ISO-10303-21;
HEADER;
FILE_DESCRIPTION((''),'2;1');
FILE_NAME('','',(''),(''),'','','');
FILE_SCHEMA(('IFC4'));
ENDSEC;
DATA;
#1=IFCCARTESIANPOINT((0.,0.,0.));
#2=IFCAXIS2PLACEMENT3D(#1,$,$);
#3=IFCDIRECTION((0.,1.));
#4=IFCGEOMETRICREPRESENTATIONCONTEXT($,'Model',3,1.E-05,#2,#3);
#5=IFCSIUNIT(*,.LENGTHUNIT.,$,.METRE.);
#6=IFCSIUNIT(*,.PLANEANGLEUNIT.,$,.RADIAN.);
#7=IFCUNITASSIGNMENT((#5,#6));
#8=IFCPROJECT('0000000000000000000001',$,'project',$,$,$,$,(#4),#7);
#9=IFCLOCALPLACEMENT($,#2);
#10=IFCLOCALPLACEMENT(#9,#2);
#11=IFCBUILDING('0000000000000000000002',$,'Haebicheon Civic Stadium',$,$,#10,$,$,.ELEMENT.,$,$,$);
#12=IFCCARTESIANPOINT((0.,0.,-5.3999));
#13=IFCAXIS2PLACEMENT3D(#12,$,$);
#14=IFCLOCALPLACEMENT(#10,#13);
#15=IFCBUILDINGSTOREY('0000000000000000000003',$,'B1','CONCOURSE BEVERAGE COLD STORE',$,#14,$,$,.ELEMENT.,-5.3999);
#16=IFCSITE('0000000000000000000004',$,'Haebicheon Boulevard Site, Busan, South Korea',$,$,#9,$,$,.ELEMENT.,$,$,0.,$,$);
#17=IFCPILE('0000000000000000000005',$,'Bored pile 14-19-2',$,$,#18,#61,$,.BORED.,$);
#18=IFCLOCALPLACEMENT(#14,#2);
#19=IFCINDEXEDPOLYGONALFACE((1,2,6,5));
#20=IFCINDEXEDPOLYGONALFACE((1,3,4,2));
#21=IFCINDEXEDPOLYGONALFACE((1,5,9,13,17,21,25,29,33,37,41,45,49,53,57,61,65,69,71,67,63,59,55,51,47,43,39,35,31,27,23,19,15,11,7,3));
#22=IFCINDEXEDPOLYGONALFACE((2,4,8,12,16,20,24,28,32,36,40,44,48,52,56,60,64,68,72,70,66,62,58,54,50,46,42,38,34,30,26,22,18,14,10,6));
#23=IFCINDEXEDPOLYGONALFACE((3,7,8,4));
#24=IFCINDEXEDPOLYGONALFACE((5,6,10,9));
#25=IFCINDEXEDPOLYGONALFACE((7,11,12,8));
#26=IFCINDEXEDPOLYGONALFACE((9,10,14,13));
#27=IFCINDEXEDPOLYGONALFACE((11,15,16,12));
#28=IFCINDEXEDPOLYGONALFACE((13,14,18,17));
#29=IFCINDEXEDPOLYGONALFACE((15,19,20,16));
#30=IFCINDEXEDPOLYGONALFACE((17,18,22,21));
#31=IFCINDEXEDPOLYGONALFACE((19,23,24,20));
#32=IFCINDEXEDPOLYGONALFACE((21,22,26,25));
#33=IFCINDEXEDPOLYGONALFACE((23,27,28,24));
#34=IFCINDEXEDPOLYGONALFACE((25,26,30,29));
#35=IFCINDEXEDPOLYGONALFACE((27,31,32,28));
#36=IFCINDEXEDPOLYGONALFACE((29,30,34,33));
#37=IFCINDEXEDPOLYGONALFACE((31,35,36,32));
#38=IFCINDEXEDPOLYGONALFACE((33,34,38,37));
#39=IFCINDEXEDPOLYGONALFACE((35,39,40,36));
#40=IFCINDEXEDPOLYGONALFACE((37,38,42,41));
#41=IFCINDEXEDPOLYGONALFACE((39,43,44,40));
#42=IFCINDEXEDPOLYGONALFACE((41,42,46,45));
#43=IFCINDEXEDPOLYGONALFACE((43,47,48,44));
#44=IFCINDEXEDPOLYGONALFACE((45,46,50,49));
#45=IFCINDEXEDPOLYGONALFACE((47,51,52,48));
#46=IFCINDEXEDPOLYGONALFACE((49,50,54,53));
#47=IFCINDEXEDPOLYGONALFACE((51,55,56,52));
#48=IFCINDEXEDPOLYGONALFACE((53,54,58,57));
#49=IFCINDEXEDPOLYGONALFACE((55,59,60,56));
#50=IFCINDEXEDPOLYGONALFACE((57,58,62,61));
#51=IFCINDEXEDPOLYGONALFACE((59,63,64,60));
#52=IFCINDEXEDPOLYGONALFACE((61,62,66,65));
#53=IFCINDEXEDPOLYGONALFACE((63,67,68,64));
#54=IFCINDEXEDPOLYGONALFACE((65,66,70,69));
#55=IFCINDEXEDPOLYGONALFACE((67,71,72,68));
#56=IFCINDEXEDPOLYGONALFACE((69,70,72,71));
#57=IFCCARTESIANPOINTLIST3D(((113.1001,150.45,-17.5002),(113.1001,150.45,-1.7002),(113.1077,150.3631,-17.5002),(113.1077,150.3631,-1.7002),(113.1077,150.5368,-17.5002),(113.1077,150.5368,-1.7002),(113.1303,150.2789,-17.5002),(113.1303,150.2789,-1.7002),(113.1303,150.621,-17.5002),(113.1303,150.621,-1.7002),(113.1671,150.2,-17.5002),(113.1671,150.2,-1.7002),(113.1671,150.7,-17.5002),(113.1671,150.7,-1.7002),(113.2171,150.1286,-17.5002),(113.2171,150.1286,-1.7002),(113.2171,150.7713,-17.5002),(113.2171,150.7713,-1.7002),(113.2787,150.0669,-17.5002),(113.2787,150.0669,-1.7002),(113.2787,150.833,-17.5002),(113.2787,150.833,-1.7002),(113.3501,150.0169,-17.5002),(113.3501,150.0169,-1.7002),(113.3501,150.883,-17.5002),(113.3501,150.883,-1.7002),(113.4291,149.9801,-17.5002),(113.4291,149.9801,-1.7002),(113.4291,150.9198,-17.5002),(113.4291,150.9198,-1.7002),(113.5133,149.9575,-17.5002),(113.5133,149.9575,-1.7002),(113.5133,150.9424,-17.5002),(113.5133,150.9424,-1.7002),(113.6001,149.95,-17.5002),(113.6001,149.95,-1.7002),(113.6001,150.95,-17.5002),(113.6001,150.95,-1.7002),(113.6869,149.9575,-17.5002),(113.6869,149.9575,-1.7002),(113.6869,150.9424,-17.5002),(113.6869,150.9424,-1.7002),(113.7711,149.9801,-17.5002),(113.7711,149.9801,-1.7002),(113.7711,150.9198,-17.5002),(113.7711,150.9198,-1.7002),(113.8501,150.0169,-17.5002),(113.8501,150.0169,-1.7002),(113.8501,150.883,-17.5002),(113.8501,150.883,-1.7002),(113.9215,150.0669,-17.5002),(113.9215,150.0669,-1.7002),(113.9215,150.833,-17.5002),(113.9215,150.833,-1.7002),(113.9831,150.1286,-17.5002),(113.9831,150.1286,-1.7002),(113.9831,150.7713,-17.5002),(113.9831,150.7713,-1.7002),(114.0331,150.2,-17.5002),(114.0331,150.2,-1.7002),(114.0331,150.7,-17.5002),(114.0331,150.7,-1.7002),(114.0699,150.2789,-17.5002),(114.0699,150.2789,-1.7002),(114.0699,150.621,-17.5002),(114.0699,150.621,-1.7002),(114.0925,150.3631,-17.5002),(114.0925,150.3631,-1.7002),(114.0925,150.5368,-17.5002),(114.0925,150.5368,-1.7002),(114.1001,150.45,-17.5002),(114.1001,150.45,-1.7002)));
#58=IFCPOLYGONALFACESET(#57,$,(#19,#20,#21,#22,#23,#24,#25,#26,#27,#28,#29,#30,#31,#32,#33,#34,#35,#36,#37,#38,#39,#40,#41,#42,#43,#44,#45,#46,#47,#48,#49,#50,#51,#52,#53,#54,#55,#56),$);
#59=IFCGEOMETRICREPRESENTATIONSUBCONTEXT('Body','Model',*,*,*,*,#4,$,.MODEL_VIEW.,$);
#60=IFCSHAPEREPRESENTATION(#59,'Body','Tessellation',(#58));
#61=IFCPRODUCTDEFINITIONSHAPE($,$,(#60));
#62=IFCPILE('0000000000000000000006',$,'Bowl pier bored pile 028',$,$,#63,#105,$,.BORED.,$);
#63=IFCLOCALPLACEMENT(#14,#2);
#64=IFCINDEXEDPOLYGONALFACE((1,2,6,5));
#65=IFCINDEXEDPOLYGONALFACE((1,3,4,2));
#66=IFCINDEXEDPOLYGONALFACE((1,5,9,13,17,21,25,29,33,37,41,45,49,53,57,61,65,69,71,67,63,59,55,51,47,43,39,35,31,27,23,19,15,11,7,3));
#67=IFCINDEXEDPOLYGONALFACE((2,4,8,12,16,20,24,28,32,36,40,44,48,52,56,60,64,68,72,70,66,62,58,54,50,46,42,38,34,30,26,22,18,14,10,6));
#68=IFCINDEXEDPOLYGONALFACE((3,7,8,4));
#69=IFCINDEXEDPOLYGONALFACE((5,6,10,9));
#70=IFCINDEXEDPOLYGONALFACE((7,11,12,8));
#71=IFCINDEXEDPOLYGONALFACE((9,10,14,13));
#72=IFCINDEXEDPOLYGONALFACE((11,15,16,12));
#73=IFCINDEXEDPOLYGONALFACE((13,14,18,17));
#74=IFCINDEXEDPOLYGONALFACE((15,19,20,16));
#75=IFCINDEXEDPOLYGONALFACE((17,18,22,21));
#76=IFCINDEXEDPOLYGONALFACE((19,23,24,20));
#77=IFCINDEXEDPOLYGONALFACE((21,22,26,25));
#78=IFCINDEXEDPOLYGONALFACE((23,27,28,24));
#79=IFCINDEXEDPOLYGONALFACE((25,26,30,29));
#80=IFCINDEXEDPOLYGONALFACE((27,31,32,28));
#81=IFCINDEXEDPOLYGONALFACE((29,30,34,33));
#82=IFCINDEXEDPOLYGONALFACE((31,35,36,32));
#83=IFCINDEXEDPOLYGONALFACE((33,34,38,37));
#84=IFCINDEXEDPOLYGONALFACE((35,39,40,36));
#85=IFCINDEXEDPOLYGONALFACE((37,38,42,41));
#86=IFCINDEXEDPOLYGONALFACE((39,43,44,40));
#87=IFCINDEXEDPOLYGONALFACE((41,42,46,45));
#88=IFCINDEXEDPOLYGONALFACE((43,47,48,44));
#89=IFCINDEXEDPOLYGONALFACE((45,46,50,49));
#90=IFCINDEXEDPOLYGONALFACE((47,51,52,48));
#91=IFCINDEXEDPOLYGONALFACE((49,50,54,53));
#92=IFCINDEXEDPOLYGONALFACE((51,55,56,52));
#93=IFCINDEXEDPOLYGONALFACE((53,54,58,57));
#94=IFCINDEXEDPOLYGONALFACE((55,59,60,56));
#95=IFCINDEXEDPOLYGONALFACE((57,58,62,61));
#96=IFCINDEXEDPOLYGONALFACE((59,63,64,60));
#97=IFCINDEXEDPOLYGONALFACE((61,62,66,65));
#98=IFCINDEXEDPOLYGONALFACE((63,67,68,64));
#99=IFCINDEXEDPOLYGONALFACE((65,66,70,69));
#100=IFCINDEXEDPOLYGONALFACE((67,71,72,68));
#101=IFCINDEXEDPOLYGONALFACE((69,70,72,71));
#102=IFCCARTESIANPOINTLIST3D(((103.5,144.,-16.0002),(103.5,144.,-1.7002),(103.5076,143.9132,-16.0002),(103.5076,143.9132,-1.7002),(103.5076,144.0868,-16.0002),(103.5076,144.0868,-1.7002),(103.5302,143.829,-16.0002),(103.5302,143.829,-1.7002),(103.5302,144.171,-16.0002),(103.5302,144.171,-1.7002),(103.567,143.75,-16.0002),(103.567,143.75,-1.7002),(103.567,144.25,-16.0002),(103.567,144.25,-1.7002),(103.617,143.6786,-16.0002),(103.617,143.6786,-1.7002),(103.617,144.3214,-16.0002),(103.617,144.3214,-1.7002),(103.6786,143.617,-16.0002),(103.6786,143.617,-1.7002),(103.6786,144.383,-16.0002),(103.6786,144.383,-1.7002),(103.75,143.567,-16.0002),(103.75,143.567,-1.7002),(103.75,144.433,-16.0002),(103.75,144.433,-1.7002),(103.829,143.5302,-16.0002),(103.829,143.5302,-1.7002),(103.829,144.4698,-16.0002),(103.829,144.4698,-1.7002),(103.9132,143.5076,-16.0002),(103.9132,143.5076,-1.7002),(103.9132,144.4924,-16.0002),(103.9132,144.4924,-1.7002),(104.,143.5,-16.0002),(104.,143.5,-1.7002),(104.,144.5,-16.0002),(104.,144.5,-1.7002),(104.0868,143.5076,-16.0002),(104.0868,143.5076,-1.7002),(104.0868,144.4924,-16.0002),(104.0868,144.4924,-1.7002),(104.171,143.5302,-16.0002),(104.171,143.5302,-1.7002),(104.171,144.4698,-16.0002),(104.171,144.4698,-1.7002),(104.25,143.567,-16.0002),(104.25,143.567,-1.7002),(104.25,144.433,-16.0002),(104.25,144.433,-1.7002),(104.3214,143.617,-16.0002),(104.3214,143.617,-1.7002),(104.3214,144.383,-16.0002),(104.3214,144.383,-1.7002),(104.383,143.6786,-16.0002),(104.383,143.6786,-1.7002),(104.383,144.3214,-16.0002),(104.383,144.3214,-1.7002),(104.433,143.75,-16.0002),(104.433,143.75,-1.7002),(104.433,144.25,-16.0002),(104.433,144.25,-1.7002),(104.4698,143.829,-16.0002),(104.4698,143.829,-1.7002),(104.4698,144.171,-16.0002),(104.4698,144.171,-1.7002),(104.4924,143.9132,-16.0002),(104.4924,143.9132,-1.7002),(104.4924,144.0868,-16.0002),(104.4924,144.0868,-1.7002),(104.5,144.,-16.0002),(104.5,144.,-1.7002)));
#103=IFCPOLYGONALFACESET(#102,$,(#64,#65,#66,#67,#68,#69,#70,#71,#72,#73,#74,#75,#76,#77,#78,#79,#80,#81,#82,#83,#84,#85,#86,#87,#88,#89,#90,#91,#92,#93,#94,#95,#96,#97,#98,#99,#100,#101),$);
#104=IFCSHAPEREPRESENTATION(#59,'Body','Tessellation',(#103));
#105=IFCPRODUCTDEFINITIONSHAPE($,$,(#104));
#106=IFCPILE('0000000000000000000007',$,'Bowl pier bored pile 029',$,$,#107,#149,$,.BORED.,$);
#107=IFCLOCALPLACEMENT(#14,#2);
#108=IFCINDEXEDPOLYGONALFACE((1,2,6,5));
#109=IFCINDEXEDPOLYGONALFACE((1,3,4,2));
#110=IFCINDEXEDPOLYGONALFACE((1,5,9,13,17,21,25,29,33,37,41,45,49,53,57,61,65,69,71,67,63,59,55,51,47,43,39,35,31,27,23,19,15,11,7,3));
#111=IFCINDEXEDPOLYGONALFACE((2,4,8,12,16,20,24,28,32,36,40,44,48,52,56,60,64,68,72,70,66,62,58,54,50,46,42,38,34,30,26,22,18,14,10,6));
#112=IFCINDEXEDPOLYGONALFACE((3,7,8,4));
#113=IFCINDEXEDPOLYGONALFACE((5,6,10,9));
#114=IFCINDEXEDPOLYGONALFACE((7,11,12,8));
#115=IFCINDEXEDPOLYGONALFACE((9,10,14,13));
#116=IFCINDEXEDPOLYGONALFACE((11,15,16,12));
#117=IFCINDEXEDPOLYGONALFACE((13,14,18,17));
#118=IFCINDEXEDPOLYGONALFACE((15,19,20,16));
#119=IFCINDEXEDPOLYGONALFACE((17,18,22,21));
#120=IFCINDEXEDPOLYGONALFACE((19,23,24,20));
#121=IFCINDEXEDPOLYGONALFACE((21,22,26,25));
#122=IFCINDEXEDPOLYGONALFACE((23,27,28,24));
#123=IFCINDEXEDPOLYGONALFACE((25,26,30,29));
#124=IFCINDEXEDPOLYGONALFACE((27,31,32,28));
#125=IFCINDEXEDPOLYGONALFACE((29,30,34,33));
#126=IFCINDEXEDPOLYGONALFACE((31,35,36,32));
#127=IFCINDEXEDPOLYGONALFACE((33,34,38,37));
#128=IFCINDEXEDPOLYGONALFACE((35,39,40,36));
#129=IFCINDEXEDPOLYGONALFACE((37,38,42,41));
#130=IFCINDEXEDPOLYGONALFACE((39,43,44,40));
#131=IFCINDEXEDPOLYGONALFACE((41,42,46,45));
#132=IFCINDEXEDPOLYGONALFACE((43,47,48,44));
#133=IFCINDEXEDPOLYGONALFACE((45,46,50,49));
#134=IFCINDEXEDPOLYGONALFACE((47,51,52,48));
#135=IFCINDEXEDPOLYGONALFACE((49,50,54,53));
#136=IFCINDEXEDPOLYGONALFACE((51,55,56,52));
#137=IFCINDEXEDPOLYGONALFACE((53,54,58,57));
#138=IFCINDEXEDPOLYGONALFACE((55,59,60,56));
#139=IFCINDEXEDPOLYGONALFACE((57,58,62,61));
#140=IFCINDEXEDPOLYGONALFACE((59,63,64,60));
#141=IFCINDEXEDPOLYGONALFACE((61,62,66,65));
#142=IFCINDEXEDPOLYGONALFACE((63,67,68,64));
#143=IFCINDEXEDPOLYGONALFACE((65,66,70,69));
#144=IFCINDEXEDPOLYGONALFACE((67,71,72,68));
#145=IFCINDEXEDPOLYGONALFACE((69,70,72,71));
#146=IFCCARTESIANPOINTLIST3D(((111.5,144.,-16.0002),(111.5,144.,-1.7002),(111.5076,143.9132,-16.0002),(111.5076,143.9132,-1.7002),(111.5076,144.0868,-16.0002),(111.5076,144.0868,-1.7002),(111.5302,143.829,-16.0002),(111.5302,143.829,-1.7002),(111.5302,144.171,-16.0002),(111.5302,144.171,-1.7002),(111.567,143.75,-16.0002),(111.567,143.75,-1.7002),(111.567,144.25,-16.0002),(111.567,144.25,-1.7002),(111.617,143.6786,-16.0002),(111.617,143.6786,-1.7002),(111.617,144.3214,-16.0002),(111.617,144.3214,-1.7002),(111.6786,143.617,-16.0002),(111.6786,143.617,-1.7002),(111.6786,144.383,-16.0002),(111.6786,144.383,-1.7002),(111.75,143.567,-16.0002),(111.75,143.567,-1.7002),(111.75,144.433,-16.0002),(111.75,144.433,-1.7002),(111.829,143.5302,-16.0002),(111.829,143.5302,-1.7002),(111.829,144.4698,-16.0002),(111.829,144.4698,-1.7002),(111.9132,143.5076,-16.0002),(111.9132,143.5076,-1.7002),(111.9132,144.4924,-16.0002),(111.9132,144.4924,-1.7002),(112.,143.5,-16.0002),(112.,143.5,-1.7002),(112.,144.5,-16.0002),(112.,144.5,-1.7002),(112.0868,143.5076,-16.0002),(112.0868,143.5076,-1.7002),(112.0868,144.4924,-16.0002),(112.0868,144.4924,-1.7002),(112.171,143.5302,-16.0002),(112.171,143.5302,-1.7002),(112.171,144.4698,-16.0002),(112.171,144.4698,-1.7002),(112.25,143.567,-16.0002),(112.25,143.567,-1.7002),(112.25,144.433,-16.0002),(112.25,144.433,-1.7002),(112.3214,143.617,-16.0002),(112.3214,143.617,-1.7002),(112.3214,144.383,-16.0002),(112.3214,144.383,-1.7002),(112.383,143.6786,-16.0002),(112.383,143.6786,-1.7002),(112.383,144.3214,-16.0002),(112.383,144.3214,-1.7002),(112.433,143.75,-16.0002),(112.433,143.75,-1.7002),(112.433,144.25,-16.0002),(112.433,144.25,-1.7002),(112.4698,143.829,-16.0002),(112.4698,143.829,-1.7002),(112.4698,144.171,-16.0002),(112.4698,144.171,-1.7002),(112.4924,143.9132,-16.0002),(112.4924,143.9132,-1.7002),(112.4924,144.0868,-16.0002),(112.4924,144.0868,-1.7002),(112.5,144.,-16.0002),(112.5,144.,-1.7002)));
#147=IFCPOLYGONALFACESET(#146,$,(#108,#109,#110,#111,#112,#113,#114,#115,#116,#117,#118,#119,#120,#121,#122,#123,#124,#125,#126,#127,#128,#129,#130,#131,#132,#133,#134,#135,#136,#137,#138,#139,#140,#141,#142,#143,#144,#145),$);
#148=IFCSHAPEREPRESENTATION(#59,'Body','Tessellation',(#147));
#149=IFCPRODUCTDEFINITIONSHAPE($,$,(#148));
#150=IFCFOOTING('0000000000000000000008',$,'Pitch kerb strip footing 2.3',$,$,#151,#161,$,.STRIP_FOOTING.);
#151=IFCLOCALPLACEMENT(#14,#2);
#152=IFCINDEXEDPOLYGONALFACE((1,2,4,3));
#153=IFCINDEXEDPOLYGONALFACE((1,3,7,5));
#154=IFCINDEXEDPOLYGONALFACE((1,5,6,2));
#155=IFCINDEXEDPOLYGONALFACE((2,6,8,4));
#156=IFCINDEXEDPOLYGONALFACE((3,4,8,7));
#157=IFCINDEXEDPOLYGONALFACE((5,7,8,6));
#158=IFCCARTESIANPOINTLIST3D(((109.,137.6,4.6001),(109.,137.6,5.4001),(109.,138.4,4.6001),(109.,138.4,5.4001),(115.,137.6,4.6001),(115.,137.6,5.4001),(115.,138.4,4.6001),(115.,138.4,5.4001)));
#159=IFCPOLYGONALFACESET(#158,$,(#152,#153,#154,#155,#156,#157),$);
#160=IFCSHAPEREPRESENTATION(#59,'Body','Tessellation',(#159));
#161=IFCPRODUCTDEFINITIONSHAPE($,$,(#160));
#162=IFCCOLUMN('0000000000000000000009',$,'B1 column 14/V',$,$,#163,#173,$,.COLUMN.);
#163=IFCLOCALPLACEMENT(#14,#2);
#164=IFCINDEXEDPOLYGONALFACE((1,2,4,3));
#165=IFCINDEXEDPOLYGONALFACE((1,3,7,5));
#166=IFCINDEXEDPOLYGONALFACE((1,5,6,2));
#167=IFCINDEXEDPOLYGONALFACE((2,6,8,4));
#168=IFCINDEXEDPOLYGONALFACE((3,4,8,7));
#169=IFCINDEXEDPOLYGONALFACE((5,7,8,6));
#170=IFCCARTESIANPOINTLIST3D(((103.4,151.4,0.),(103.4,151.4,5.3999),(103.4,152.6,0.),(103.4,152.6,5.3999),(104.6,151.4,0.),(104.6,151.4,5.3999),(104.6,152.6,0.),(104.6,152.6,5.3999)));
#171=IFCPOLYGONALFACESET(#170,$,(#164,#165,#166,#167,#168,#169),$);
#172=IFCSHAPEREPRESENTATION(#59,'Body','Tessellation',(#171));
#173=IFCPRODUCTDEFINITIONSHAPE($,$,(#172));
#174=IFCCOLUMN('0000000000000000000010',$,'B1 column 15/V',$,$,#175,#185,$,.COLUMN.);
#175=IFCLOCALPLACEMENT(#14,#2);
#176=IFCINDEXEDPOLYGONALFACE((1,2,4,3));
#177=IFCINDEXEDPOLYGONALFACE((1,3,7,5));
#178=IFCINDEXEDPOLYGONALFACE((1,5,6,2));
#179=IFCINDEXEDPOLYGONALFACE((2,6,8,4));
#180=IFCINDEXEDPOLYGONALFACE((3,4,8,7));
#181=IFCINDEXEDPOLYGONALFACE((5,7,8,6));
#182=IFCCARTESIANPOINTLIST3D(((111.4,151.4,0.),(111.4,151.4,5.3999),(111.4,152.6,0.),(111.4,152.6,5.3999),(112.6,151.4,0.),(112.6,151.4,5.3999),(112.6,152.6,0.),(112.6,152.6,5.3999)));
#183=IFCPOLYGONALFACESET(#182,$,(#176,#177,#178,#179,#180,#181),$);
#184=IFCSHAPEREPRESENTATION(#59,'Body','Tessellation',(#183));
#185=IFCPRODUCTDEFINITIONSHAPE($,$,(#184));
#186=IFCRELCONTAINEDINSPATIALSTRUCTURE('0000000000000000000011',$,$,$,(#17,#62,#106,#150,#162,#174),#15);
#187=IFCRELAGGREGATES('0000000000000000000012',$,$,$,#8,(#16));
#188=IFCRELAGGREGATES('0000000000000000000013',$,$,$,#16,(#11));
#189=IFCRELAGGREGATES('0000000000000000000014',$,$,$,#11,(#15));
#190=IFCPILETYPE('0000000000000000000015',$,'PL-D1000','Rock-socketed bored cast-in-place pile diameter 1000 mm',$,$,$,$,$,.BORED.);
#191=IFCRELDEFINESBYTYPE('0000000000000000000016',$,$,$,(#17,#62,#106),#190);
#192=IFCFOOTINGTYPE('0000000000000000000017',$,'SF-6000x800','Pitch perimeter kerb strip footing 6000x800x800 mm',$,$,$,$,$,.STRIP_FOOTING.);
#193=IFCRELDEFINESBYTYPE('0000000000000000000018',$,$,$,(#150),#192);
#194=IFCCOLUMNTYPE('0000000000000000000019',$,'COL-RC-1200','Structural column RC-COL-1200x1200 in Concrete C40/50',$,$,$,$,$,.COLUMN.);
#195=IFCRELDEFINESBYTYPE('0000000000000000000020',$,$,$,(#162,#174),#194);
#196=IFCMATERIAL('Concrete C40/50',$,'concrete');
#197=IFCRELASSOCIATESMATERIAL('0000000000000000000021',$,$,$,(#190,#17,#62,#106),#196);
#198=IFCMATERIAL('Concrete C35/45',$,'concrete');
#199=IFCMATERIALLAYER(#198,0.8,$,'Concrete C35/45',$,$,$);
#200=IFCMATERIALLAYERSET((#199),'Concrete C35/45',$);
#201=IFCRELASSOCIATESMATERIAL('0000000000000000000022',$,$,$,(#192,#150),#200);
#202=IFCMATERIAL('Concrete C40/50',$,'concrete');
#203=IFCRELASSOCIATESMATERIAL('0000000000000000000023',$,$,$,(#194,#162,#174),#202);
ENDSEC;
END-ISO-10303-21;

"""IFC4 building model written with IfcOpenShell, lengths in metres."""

from ifc_helpers import new_model, si_unit, direction, frame, origin, origin_2d, place, context, subcontext, project, spatial, rectangle, circle, extrude, material, layer, layer_set, material_profile, profile_set, type_object, element, save


model = new_model("IFC4")

# Units and contexts
model_context = context("Model", 3, precision=1e-05, world=origin(), true_north=direction((0.0, 1.0)))
body_context = subcontext(model_context, "Body", "Model", "MODEL_VIEW")
ifc_project = project(units=[si_unit("LENGTHUNIT", "METRE"), si_unit("PLANEANGLEUNIT", "RADIAN")], contexts=[model_context])

# Site, building, storey
site_placement = place(None, origin())
site = spatial("IfcSite", under=ifc_project, at=site_placement, Name="Haebicheon Boulevard Site, Busan, South Korea", CompositionType="ELEMENT", RefElevation=0.0)
building_placement = place(site_placement, origin())
building = spatial("IfcBuilding", under=site, at=building_placement, Name="Haebicheon Civic Stadium", CompositionType="ELEMENT")
storey_placement = place(building_placement, frame((0.0, 0.0, -5.3999)))
storey = spatial("IfcBuildingStorey", under=building, at=storey_placement, Name="B1", Description="CONCOURSE BEVERAGE COLD STORE", CompositionType="ELEMENT", Elevation=-5.3999)

# Piles
ifc_material_1 = material(Name="Concrete C40/50", Category="concrete")
ifc_material_profile_1 = material_profile(ifc_material_1, circle(Radius=0.5, at=origin_2d()), Name="PILE-D1000")
ifc_profile_set_1 = profile_set([ifc_material_profile_1], Name="Concrete C40/50")
pile_type = type_object("IfcPileType", Name="PL-D1000", Description="Rock-socketed bored cast-in-place pile diameter 1000 mm", PredefinedType="BORED", material=ifc_profile_set_1)
for number, where, z_axis, x_axis, name in (
    (1, (113.6001, 150.45, -1.7002), (0.0, 0.0, -1.0), (1.0, 0.0, 0.0), "Bored pile 14-19-2"),
):
    element("IfcPile", number, at=place(storey_placement, frame(where, z_axis=z_axis, x_axis=x_axis)), inside=storey, type_object=pile_type, material=ifc_profile_set_1, Name=name, PredefinedType="BORED", context=body_context, shape_type="SweptSolid", body=[
        extrude(circle(Radius=0.5, at=origin_2d()), origin(), (0.0, 0.0, 1.0), 15.8),
    ])
for number, where, z_axis, x_axis, name in (
    (2, (104.0, 144.0, -1.7002), (0.0, 0.0, -1.0), (1.0, 0.0, 0.0), "Bowl pier bored pile 028"),
    (3, (112.0, 144.0, -1.7002), (0.0, 0.0, -1.0), (1.0, 0.0, 0.0), "Bowl pier bored pile 029"),
):
    element("IfcPile", number, at=place(storey_placement, frame(where, z_axis=z_axis, x_axis=x_axis)), inside=storey, type_object=pile_type, material=ifc_profile_set_1, Name=name, PredefinedType="BORED", context=body_context, shape_type="SweptSolid", body=[
        extrude(circle(Radius=0.5, at=origin_2d()), origin(), (0.0, 0.0, 1.0), 14.3),
    ])

# Footing
ifc_material_2 = material(Name="Concrete C35/45", Category="concrete")
ifc_layer_1 = layer(ifc_material_2, 0.8, Name="Concrete C35/45")
ifc_layer_set_1 = layer_set([ifc_layer_1], Name="Concrete C35/45")
footing_type_1 = type_object("IfcFootingType", Name="SF-6000x800", Description="Pitch perimeter kerb strip footing 6000x800x800 mm", PredefinedType="STRIP_FOOTING", material=ifc_layer_set_1)
footing_1_placement = place(storey_placement, frame((112.0, 138.0, 4.6001), z_axis=(0.0, 0.0, 1.0), x_axis=(1.0, 0.0, 0.0)))
element("IfcFooting", 4, at=footing_1_placement, inside=storey, type_object=footing_type_1, material=ifc_layer_set_1, Name="Pitch kerb strip footing 2.3", PredefinedType="STRIP_FOOTING", context=body_context, shape_type="SweptSolid", body=[
    extrude(rectangle(XDim=6.0, YDim=0.8, at=origin_2d()), origin(), (0.0, 0.0, 1.0), 0.8),
])

# Columns
ifc_material_3 = material(Name="Concrete C40/50", Category="concrete")
ifc_material_profile_2 = material_profile(ifc_material_3, rectangle(XDim=1.2, YDim=1.2, at=origin_2d()), Name="RC-COL-1200x1200")
ifc_profile_set_2 = profile_set([ifc_material_profile_2], Name="Concrete C40/50")
column_type_1 = type_object("IfcColumnType", Name="COL-RC-1200", Description="Structural column RC-COL-1200x1200 in Concrete C40/50", PredefinedType="COLUMN", material=ifc_profile_set_2)
for number, where, z_axis, x_axis, name in (
    (5, (104.0, 152.0, 0.0), (0.0, 0.0, 1.0), (1.0, 0.0, 0.0), "B1 column 14/V"),
    (6, (112.0, 152.0, 0.0), (0.0, 0.0, 1.0), (1.0, 0.0, 0.0), "B1 column 15/V"),
):
    element("IfcColumn", number, at=place(storey_placement, frame(where, z_axis=z_axis, x_axis=x_axis)), inside=storey, type_object=column_type_1, material=ifc_profile_set_2, Name=name, PredefinedType="COLUMN", context=body_context, shape_type="SweptSolid", body=[
        extrude(rectangle(XDim=1.2, YDim=1.2, at=origin_2d()), origin(), (0.0, 0.0, 1.0), 5.3999),
    ])

save(model, "model.ifc")
